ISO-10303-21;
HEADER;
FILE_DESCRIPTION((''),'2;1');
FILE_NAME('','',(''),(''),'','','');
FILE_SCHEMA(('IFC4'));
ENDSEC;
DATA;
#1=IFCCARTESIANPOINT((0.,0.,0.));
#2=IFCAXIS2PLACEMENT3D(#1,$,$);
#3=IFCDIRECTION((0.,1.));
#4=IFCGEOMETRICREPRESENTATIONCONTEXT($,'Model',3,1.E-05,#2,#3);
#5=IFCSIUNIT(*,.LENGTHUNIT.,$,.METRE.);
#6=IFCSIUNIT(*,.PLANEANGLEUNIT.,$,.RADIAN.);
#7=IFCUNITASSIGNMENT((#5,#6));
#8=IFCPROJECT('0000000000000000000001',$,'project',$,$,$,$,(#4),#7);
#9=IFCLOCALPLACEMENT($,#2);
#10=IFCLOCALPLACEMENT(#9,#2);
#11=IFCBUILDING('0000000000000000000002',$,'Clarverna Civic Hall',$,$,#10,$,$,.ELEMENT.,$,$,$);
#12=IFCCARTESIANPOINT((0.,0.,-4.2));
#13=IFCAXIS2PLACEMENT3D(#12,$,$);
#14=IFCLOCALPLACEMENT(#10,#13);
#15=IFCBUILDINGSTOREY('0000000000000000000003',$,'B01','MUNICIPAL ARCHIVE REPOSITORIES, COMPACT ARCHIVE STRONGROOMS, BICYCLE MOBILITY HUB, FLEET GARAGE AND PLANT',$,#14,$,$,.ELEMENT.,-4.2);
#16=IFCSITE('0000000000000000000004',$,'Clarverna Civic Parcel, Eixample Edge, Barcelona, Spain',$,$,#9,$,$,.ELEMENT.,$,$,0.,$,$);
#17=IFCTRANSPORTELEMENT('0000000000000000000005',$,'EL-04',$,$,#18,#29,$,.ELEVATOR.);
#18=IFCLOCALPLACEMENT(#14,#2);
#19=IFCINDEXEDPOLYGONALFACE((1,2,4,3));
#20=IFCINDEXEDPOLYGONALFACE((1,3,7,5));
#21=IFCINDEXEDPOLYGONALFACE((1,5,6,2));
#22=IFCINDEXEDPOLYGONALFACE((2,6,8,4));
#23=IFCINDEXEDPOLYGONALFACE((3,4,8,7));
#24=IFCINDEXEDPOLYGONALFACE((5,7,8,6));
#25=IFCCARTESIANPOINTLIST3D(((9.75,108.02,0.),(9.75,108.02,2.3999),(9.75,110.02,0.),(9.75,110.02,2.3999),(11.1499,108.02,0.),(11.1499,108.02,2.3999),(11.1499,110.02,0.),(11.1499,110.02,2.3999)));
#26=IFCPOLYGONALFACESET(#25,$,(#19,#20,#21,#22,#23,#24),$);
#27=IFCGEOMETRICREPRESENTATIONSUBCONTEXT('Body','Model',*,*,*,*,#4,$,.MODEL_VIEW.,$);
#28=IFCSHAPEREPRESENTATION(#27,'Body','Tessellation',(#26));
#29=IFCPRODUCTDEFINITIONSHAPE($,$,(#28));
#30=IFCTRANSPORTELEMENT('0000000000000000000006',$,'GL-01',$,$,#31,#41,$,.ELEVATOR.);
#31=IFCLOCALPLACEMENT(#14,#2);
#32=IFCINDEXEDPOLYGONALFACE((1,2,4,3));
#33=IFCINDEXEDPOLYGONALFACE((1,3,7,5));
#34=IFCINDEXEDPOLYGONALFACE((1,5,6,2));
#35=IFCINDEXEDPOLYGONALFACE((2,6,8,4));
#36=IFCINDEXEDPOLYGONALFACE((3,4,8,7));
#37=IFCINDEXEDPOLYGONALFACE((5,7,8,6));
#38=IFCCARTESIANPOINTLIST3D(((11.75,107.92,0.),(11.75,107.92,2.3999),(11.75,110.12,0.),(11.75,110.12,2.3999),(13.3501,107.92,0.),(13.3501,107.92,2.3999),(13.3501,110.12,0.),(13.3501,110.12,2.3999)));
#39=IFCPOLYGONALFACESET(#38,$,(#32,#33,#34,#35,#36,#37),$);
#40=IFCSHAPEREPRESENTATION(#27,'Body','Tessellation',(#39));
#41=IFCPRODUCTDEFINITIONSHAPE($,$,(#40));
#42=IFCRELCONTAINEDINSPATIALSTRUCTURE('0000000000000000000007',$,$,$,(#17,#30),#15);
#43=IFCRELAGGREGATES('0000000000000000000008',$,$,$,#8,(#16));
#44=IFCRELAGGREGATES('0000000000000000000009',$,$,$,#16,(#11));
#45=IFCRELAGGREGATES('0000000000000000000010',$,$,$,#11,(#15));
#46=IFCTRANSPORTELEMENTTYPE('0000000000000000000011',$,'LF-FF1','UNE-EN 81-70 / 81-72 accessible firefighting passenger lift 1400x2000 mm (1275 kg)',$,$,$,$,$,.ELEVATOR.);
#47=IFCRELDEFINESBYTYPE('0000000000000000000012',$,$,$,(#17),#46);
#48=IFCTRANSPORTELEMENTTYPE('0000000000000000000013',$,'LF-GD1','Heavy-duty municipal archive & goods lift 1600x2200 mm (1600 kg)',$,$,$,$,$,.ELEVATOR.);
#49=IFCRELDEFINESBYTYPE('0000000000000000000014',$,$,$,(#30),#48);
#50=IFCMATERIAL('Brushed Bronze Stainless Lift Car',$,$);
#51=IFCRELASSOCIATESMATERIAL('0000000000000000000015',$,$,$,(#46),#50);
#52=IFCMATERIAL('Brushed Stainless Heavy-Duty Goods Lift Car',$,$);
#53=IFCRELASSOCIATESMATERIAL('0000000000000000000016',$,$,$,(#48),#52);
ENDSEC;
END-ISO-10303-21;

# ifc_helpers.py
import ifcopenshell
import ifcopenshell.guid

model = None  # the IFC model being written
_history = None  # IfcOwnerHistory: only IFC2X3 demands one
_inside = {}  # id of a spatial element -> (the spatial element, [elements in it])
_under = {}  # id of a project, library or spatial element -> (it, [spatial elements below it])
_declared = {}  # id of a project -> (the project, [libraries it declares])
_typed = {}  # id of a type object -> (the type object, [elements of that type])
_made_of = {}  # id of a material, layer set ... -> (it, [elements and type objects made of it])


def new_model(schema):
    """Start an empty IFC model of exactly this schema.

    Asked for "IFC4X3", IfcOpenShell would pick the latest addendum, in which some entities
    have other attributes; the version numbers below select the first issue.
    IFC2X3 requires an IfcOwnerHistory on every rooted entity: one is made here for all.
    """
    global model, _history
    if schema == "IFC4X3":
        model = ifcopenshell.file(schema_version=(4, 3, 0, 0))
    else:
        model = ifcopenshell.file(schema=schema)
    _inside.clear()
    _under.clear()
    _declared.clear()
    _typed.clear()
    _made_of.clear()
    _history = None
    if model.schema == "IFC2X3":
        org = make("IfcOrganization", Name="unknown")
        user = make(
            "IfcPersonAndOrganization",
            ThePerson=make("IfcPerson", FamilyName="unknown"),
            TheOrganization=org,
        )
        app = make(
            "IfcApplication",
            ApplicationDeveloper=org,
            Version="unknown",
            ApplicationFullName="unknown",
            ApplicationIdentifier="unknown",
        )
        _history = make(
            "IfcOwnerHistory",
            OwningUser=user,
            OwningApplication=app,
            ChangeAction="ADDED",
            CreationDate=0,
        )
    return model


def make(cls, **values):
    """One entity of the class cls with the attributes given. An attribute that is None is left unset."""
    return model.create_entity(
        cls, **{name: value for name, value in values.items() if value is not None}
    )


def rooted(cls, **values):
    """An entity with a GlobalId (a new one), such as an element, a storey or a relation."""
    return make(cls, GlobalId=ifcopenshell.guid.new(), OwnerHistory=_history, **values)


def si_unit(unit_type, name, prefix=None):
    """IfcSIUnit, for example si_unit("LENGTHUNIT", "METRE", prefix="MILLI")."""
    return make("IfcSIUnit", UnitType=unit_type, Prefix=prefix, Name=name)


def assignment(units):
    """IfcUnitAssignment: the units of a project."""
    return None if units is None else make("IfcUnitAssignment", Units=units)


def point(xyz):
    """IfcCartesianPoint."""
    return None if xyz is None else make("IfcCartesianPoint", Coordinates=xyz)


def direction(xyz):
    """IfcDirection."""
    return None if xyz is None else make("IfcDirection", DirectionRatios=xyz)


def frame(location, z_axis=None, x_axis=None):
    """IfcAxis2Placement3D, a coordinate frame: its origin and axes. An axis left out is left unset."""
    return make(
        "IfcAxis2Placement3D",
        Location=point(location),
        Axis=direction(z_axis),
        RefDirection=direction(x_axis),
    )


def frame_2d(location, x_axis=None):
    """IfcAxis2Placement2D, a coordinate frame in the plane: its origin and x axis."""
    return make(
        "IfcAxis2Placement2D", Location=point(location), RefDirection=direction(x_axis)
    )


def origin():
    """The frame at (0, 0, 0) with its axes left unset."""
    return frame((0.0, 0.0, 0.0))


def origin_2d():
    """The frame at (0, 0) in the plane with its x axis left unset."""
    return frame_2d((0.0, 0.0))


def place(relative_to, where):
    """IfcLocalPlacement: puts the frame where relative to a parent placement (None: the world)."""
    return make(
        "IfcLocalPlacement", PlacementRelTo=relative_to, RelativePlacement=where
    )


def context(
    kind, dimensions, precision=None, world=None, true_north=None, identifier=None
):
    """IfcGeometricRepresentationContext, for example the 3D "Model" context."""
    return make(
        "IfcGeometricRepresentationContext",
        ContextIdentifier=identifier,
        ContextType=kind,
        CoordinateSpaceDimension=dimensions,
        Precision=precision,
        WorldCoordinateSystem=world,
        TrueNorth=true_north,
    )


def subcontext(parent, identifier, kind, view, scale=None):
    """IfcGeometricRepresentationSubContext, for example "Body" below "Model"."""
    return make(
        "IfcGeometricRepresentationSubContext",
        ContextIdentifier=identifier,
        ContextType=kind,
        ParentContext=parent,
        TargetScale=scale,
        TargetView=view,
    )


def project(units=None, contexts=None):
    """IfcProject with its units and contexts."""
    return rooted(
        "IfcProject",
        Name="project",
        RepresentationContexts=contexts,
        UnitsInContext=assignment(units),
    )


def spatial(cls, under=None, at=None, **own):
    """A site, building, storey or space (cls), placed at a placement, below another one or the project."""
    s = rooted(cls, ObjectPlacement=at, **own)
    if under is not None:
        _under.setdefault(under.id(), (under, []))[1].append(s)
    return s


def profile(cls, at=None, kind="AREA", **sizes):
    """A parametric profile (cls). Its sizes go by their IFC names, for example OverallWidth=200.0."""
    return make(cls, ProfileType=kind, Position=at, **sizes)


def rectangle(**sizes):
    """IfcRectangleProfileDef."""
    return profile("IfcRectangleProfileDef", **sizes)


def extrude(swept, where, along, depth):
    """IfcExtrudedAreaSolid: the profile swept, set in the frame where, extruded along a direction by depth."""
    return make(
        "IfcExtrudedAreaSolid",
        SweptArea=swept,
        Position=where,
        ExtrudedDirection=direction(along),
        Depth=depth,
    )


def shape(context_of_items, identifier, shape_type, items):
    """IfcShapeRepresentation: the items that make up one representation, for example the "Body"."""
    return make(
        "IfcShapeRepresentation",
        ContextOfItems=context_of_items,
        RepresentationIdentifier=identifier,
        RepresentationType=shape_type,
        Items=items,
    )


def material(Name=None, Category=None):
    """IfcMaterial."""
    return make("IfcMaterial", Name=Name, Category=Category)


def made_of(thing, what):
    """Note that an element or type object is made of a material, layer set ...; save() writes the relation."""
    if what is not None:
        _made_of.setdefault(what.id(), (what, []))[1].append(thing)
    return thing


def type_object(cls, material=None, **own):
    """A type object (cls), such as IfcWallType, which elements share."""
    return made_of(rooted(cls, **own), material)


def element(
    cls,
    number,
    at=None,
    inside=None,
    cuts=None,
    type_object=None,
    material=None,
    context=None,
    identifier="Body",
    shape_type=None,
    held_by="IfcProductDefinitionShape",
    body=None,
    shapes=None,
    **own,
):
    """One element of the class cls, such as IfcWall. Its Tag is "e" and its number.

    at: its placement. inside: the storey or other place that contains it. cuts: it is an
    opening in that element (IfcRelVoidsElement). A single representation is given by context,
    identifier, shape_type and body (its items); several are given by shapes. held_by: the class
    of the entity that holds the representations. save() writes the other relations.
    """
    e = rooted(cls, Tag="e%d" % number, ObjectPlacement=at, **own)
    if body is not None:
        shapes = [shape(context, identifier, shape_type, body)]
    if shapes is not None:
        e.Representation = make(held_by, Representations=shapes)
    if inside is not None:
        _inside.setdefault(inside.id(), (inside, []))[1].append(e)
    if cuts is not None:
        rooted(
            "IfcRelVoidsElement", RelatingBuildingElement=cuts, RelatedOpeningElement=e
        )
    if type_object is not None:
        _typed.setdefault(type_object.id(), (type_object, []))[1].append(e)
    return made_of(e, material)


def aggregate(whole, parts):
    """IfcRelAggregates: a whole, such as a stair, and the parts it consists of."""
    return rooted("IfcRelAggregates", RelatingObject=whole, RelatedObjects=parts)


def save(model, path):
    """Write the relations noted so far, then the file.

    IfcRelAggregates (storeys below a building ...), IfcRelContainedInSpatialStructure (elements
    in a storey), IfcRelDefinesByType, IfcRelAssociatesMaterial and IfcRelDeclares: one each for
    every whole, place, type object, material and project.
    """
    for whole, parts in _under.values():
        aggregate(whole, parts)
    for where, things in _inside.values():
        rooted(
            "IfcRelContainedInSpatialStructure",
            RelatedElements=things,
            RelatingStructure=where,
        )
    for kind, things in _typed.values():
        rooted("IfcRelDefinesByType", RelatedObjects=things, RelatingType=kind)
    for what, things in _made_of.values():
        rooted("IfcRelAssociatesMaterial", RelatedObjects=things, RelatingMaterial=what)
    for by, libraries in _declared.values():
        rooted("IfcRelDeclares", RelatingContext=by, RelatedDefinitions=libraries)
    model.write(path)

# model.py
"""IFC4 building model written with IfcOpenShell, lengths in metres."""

from ifc_helpers import new_model, si_unit, direction, frame, origin, origin_2d, place, context, subcontext, project, spatial, rectangle, extrude, material, type_object, element, save


model = new_model("IFC4")

# Units and contexts
model_context = context("Model", 3, precision=1e-05, world=origin(), true_north=direction((0.0, 1.0)))
body_context = subcontext(model_context, "Body", "Model", "MODEL_VIEW")
ifc_project = project(units=[si_unit("LENGTHUNIT", "METRE"), si_unit("PLANEANGLEUNIT", "RADIAN")], contexts=[model_context])

# Site, building, storey
site_placement = place(None, origin())
site = spatial("IfcSite", under=ifc_project, at=site_placement, Name="Clarverna Civic Parcel, Eixample Edge, Barcelona, Spain", CompositionType="ELEMENT", RefElevation=0.0)
building_placement = place(site_placement, origin())
building = spatial("IfcBuilding", under=site, at=building_placement, Name="Clarverna Civic Hall", CompositionType="ELEMENT")
storey_placement = place(building_placement, frame((0.0, 0.0, -4.2)))
storey = spatial("IfcBuildingStorey", under=building, at=storey_placement, Name="B01", Description="MUNICIPAL ARCHIVE REPOSITORIES, COMPACT ARCHIVE STRONGROOMS, BICYCLE MOBILITY HUB, FLEET GARAGE AND PLANT", CompositionType="ELEMENT", Elevation=-4.2)

# Transport elements
ifc_material_1 = material(Name="Brushed Bronze Stainless Lift Car")
transport_element_type_1 = type_object("IfcTransportElementType", Name="LF-FF1", Description="UNE-EN 81-70 / 81-72 accessible firefighting passenger lift 1400x2000 mm (1275 kg)", PredefinedType="ELEVATOR", material=ifc_material_1)
transport_element_1_placement = place(storey_placement, frame((10.45, 109.02, 0.0), z_axis=(0.0, 0.0, 1.0), x_axis=(1.0, 0.0, 0.0)))
element("IfcTransportElement", 1, at=transport_element_1_placement, inside=storey, type_object=transport_element_type_1, Name="EL-04", PredefinedType="ELEVATOR", context=body_context, shape_type="SweptSolid", body=[
    extrude(rectangle(XDim=1.3999, YDim=2.0, at=origin_2d()), origin(), (0.0, 0.0, 1.0), 2.3999),
])
ifc_material_2 = material(Name="Brushed Stainless Heavy-Duty Goods Lift Car")
transport_element_type_2 = type_object("IfcTransportElementType", Name="LF-GD1", Description="Heavy-duty municipal archive & goods lift 1600x2200 mm (1600 kg)", PredefinedType="ELEVATOR", material=ifc_material_2)
transport_element_2_placement = place(storey_placement, frame((12.55, 109.02, 0.0), z_axis=(0.0, 0.0, 1.0), x_axis=(1.0, 0.0, 0.0)))
element("IfcTransportElement", 2, at=transport_element_2_placement, inside=storey, type_object=transport_element_type_2, Name="GL-01", PredefinedType="ELEVATOR", context=body_context, shape_type="SweptSolid", body=[
    extrude(rectangle(XDim=1.6001, YDim=2.2, at=origin_2d()), origin(), (0.0, 0.0, 1.0), 2.3999),
])

save(model, "model.ifc")
